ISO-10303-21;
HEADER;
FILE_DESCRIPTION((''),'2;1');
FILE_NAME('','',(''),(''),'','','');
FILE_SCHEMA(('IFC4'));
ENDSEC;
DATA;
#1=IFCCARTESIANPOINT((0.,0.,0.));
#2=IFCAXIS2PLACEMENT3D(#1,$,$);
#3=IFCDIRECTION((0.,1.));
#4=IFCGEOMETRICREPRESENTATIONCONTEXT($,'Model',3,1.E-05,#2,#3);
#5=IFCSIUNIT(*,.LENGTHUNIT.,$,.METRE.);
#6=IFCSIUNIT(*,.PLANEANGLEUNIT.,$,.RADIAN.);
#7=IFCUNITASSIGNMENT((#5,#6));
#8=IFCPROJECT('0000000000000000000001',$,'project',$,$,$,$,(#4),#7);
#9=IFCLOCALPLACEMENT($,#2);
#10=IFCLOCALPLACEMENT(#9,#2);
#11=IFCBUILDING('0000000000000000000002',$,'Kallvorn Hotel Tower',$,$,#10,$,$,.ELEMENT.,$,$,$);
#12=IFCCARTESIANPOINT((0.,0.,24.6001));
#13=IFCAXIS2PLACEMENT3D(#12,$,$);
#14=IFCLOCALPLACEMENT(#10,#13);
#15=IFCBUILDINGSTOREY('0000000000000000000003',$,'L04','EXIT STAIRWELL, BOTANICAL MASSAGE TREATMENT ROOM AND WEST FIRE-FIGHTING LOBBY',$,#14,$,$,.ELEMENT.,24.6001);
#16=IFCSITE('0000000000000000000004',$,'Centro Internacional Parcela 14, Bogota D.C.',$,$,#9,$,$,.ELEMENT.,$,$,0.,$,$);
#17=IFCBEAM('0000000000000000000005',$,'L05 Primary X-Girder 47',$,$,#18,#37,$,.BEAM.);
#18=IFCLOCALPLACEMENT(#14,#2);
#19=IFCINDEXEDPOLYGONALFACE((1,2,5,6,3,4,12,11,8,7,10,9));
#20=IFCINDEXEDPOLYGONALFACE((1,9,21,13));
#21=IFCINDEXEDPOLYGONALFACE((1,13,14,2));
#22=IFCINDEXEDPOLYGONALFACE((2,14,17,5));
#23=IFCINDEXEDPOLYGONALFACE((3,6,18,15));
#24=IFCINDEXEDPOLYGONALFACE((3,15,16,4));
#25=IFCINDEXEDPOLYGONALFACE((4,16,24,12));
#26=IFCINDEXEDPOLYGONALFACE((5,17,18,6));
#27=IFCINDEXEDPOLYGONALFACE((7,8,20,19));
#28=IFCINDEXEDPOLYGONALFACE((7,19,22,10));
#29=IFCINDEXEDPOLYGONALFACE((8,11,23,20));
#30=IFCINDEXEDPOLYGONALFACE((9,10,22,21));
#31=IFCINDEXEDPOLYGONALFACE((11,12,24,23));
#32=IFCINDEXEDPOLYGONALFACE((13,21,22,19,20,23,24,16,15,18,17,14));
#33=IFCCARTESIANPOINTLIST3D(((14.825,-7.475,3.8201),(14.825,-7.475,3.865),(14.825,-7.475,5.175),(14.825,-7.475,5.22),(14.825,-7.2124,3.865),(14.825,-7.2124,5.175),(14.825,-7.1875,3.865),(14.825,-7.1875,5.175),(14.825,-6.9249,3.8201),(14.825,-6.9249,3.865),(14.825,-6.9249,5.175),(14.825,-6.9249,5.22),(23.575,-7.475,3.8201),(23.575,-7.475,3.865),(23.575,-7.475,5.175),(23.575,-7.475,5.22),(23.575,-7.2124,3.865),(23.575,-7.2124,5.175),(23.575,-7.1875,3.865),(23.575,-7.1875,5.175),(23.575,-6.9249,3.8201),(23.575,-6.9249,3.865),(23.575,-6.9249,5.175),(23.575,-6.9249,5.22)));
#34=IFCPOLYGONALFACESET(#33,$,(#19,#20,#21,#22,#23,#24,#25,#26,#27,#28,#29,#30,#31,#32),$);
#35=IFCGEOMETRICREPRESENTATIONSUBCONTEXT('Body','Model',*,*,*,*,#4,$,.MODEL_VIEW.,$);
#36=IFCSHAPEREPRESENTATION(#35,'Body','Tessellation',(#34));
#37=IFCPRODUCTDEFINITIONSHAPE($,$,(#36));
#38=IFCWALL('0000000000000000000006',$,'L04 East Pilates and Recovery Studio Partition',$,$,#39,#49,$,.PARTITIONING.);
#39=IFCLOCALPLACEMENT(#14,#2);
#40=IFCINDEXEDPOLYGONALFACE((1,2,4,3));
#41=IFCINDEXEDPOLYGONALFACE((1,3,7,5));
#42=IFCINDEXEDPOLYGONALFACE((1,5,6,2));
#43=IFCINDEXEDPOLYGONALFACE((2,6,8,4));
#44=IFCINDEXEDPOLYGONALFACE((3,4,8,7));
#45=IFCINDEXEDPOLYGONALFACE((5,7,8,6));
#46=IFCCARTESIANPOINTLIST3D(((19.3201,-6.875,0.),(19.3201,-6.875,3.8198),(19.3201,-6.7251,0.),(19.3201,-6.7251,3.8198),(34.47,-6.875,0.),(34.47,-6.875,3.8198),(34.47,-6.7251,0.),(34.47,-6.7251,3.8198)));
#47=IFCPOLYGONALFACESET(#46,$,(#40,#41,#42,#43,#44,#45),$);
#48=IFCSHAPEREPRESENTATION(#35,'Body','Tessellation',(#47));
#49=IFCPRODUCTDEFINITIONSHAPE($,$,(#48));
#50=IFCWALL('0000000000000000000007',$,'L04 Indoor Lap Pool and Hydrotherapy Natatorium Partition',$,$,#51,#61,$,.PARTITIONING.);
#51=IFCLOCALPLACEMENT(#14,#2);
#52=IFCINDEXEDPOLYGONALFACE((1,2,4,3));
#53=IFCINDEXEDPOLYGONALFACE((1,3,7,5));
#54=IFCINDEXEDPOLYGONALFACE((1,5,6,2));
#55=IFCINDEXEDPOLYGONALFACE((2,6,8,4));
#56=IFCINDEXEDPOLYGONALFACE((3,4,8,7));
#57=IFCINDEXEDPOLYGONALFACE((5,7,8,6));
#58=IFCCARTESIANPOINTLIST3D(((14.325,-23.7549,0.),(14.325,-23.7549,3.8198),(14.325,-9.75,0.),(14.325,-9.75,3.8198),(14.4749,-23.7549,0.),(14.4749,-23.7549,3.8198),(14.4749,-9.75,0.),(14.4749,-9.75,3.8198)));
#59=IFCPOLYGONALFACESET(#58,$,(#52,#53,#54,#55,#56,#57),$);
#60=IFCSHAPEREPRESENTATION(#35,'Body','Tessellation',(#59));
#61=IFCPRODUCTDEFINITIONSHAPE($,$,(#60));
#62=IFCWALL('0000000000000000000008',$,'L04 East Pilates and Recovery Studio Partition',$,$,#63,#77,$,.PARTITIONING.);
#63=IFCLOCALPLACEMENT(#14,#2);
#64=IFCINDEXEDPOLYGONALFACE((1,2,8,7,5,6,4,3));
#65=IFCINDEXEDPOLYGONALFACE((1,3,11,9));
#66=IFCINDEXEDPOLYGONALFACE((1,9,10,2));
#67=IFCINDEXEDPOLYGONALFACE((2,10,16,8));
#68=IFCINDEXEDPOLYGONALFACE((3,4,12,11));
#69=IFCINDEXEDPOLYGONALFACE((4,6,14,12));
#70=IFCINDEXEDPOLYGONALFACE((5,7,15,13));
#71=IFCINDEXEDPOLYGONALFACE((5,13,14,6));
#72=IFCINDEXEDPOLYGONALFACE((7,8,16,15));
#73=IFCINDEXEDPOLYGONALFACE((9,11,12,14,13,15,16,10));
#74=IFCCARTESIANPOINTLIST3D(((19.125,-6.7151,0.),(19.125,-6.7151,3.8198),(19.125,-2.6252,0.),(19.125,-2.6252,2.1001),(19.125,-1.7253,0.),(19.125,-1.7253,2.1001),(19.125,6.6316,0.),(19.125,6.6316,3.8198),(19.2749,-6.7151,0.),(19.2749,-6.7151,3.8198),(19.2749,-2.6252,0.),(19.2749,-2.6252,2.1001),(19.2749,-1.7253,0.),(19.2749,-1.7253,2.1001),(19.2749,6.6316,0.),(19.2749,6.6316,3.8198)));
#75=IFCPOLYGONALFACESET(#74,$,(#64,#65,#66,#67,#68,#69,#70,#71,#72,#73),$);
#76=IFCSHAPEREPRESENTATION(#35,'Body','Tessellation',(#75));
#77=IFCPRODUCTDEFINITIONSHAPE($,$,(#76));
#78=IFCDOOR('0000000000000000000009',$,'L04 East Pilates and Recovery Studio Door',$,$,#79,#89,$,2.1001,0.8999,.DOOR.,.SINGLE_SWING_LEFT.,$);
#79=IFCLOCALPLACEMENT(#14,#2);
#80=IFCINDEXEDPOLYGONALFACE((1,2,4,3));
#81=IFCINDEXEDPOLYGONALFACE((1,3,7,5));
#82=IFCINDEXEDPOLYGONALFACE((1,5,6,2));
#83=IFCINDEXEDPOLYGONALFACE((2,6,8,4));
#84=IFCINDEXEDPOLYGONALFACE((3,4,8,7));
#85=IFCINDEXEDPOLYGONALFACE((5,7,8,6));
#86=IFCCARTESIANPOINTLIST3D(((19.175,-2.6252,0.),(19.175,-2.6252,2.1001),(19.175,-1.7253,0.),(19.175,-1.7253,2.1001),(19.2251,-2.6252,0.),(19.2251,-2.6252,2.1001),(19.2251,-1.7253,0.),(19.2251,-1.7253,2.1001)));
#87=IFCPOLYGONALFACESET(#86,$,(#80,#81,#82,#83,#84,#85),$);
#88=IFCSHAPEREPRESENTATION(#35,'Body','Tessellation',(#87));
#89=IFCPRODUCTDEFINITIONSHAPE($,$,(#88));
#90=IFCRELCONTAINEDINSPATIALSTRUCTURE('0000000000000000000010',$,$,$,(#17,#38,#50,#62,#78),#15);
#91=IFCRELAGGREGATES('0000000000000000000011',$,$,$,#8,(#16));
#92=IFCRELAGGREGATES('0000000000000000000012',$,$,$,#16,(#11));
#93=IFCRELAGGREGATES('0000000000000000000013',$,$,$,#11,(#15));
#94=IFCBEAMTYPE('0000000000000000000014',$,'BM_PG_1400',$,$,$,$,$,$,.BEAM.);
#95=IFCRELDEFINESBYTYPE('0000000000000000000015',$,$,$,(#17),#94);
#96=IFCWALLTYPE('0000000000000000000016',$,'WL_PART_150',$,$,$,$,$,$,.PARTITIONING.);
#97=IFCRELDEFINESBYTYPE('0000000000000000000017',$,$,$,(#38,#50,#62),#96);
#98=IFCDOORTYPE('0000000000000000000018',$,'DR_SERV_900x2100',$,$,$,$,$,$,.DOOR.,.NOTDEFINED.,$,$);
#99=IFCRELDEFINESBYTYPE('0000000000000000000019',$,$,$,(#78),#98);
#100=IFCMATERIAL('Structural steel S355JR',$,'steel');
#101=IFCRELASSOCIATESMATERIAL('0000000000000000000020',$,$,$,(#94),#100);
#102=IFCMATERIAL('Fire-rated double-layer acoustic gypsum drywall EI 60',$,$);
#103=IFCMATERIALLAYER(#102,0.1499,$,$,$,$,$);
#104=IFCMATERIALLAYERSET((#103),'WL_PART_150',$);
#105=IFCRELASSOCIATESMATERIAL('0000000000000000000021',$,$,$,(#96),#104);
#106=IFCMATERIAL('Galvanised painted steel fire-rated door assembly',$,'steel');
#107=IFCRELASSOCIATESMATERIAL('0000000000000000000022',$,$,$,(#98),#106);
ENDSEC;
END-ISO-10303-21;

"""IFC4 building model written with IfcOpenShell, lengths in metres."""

from ifc_helpers import new_model, si_unit, direction, frame, frame_2d, origin, origin_2d, place, context, subcontext, project, spatial, rectangle, i_section, extrude, material, layer, layer_set, material_profile, profile_set, type_object, element, fill, save


model = new_model("IFC4")

# Units and contexts
model_context = context("Model", 3, precision=1e-05, world=origin(), true_north=direction((0.0, 1.0)))
body_context = subcontext(model_context, "Body", "Model", "MODEL_VIEW")
ifc_project = project(units=[si_unit("LENGTHUNIT", "METRE"), si_unit("PLANEANGLEUNIT", "RADIAN")], contexts=[model_context])

# Site, building, storey
site_placement = place(None, origin())
site = spatial("IfcSite", under=ifc_project, at=site_placement, Name="Centro Internacional Parcela 14, Bogota D.C.", CompositionType="ELEMENT", RefElevation=0.0)
building_placement = place(site_placement, origin())
building = spatial("IfcBuilding", under=site, at=building_placement, Name="Kallvorn Hotel Tower", CompositionType="ELEMENT")
storey_placement = place(building_placement, frame((0.0, 0.0, 24.6001)))
storey = spatial("IfcBuildingStorey", under=building, at=storey_placement, Name="L04", Description="EXIT STAIRWELL, BOTANICAL MASSAGE TREATMENT ROOM AND WEST FIRE-FIGHTING LOBBY", CompositionType="ELEMENT", Elevation=24.6001)

# Beam
ifc_material_1 = material(Name="Structural steel S355JR", Category="steel")
ifc_material_profile_1 = material_profile(ifc_material_1, i_section(OverallWidth=0.55, OverallDepth=1.3999, WebThickness=0.0249, FlangeThickness=0.0449, at=origin_2d()), Name="PG 1400x550x25x45")
ifc_profile_set_1 = profile_set([ifc_material_profile_1], Name="Structural steel S355JR")
beam_type_1 = type_object("IfcBeamType", Name="BM_PG_1400", PredefinedType="BEAM", material=ifc_profile_set_1)
beam_1_placement = place(storey_placement, frame((14.825, -7.2, 4.52), z_axis=(1.0, 0.0, 0.0), x_axis=(0.0, 1.0, 0.0)))
element("IfcBeam", 1, at=beam_1_placement, inside=storey, type_object=beam_type_1, Name="L05 Primary X-Girder 47", PredefinedType="BEAM", context=body_context, shape_type="SweptSolid", body=[
    extrude(i_section(OverallWidth=0.55, OverallDepth=1.3999, WebThickness=0.0249, FlangeThickness=0.0449, at=origin_2d()), origin(), (0.0, 0.0, 1.0), 8.75),
])

# Walls
ifc_material_2 = material(Name="Fire-rated double-layer acoustic gypsum drywall EI 60")
ifc_layer = layer(ifc_material_2, 0.1499)
ifc_layer_set = layer_set([ifc_layer], Name="WL_PART_150")
wall_type = type_object("IfcWallType", Name="WL_PART_150", PredefinedType="PARTITIONING", material=ifc_layer_set)
wall_1_placement = place(storey_placement, frame((19.3201, -6.8, 0.0), z_axis=(0.0, 0.0, 1.0), x_axis=(1.0, 0.0, 0.0)))
element("IfcWall", 2, at=wall_1_placement, inside=storey, type_object=wall_type, Name="L04 East Pilates and Recovery Studio Partition", PredefinedType="PARTITIONING", context=body_context, shape_type="SweptSolid", body=[
    extrude(rectangle(XDim=15.1499, YDim=0.1499, at=frame_2d((7.575, 0.0))), origin(), (0.0, 0.0, 1.0), 3.8198),
])
wall_2_placement = place(storey_placement, frame((14.3999, -23.7549, 0.0), z_axis=(0.0, 0.0, 1.0), x_axis=(0.0, 1.0, 0.0)))
element("IfcWall", 3, at=wall_2_placement, inside=storey, type_object=wall_type, Name="L04 Indoor Lap Pool and Hydrotherapy Natatorium Partition", PredefinedType="PARTITIONING", context=body_context, shape_type="SweptSolid", body=[
    extrude(rectangle(XDim=14.0049, YDim=0.1499, at=frame_2d((7.0024, 0.0))), origin(), (0.0, 0.0, 1.0), 3.8198),
])

# Wall, opening, door
wall_3_placement = place(storey_placement, frame((19.2, -6.7151, 0.0), z_axis=(0.0, 0.0, 1.0), x_axis=(0.0, 1.0, 0.0)))
wall_3 = element("IfcWall", 4, at=wall_3_placement, inside=storey, type_object=wall_type, Name="L04 East Pilates and Recovery Studio Partition", PredefinedType="PARTITIONING", context=body_context, shape_type="SweptSolid", body=[
    extrude(rectangle(XDim=13.3467, YDim=0.1499, at=frame_2d((6.6733, 0.0))), origin(), (0.0, 0.0, 1.0), 3.8198),
])
opening_placement = place(wall_3_placement, frame((4.0898, 0.0, 0.0)))
opening = element("IfcOpeningElement", 5, at=opening_placement, cuts=wall_3, PredefinedType="OPENING", context=body_context, shape_type="SweptSolid", body=[
    extrude(rectangle(XDim=0.8999, YDim=2.1001, at=frame_2d((0.45, 1.05))), frame((0.0, 0.0898, 0.0), z_axis=(0.0, -1.0, 0.0), x_axis=(1.0, 0.0, 0.0)), (0.0, 0.0, 1.0), 0.1799),
])
ifc_material_3 = material(Name="Galvanised painted steel fire-rated door assembly", Category="steel")
door_type = type_object("IfcDoorType", Name="DR_SERV_900x2100", OperationType="NOTDEFINED", PredefinedType="DOOR", material=ifc_material_3)
door_placement = place(opening_placement, origin())
door = element("IfcDoor", 6, at=door_placement, inside=storey, type_object=door_type, Name="L04 East Pilates and Recovery Studio Door", OperationType="SINGLE_SWING_LEFT", OverallHeight=2.1001, OverallWidth=0.8999, PredefinedType="DOOR", context=body_context, shape_type="SweptSolid", body=[
    extrude(rectangle(XDim=0.8999, YDim=2.1001, at=frame_2d((0.45, 1.05))), frame((0.0, 0.0249, 0.0), z_axis=(0.0, -1.0, 0.0), x_axis=(1.0, 0.0, 0.0)), (0.0, 0.0, 1.0), 0.05),
])
fill(opening, door)

save(model, "model.ifc")
